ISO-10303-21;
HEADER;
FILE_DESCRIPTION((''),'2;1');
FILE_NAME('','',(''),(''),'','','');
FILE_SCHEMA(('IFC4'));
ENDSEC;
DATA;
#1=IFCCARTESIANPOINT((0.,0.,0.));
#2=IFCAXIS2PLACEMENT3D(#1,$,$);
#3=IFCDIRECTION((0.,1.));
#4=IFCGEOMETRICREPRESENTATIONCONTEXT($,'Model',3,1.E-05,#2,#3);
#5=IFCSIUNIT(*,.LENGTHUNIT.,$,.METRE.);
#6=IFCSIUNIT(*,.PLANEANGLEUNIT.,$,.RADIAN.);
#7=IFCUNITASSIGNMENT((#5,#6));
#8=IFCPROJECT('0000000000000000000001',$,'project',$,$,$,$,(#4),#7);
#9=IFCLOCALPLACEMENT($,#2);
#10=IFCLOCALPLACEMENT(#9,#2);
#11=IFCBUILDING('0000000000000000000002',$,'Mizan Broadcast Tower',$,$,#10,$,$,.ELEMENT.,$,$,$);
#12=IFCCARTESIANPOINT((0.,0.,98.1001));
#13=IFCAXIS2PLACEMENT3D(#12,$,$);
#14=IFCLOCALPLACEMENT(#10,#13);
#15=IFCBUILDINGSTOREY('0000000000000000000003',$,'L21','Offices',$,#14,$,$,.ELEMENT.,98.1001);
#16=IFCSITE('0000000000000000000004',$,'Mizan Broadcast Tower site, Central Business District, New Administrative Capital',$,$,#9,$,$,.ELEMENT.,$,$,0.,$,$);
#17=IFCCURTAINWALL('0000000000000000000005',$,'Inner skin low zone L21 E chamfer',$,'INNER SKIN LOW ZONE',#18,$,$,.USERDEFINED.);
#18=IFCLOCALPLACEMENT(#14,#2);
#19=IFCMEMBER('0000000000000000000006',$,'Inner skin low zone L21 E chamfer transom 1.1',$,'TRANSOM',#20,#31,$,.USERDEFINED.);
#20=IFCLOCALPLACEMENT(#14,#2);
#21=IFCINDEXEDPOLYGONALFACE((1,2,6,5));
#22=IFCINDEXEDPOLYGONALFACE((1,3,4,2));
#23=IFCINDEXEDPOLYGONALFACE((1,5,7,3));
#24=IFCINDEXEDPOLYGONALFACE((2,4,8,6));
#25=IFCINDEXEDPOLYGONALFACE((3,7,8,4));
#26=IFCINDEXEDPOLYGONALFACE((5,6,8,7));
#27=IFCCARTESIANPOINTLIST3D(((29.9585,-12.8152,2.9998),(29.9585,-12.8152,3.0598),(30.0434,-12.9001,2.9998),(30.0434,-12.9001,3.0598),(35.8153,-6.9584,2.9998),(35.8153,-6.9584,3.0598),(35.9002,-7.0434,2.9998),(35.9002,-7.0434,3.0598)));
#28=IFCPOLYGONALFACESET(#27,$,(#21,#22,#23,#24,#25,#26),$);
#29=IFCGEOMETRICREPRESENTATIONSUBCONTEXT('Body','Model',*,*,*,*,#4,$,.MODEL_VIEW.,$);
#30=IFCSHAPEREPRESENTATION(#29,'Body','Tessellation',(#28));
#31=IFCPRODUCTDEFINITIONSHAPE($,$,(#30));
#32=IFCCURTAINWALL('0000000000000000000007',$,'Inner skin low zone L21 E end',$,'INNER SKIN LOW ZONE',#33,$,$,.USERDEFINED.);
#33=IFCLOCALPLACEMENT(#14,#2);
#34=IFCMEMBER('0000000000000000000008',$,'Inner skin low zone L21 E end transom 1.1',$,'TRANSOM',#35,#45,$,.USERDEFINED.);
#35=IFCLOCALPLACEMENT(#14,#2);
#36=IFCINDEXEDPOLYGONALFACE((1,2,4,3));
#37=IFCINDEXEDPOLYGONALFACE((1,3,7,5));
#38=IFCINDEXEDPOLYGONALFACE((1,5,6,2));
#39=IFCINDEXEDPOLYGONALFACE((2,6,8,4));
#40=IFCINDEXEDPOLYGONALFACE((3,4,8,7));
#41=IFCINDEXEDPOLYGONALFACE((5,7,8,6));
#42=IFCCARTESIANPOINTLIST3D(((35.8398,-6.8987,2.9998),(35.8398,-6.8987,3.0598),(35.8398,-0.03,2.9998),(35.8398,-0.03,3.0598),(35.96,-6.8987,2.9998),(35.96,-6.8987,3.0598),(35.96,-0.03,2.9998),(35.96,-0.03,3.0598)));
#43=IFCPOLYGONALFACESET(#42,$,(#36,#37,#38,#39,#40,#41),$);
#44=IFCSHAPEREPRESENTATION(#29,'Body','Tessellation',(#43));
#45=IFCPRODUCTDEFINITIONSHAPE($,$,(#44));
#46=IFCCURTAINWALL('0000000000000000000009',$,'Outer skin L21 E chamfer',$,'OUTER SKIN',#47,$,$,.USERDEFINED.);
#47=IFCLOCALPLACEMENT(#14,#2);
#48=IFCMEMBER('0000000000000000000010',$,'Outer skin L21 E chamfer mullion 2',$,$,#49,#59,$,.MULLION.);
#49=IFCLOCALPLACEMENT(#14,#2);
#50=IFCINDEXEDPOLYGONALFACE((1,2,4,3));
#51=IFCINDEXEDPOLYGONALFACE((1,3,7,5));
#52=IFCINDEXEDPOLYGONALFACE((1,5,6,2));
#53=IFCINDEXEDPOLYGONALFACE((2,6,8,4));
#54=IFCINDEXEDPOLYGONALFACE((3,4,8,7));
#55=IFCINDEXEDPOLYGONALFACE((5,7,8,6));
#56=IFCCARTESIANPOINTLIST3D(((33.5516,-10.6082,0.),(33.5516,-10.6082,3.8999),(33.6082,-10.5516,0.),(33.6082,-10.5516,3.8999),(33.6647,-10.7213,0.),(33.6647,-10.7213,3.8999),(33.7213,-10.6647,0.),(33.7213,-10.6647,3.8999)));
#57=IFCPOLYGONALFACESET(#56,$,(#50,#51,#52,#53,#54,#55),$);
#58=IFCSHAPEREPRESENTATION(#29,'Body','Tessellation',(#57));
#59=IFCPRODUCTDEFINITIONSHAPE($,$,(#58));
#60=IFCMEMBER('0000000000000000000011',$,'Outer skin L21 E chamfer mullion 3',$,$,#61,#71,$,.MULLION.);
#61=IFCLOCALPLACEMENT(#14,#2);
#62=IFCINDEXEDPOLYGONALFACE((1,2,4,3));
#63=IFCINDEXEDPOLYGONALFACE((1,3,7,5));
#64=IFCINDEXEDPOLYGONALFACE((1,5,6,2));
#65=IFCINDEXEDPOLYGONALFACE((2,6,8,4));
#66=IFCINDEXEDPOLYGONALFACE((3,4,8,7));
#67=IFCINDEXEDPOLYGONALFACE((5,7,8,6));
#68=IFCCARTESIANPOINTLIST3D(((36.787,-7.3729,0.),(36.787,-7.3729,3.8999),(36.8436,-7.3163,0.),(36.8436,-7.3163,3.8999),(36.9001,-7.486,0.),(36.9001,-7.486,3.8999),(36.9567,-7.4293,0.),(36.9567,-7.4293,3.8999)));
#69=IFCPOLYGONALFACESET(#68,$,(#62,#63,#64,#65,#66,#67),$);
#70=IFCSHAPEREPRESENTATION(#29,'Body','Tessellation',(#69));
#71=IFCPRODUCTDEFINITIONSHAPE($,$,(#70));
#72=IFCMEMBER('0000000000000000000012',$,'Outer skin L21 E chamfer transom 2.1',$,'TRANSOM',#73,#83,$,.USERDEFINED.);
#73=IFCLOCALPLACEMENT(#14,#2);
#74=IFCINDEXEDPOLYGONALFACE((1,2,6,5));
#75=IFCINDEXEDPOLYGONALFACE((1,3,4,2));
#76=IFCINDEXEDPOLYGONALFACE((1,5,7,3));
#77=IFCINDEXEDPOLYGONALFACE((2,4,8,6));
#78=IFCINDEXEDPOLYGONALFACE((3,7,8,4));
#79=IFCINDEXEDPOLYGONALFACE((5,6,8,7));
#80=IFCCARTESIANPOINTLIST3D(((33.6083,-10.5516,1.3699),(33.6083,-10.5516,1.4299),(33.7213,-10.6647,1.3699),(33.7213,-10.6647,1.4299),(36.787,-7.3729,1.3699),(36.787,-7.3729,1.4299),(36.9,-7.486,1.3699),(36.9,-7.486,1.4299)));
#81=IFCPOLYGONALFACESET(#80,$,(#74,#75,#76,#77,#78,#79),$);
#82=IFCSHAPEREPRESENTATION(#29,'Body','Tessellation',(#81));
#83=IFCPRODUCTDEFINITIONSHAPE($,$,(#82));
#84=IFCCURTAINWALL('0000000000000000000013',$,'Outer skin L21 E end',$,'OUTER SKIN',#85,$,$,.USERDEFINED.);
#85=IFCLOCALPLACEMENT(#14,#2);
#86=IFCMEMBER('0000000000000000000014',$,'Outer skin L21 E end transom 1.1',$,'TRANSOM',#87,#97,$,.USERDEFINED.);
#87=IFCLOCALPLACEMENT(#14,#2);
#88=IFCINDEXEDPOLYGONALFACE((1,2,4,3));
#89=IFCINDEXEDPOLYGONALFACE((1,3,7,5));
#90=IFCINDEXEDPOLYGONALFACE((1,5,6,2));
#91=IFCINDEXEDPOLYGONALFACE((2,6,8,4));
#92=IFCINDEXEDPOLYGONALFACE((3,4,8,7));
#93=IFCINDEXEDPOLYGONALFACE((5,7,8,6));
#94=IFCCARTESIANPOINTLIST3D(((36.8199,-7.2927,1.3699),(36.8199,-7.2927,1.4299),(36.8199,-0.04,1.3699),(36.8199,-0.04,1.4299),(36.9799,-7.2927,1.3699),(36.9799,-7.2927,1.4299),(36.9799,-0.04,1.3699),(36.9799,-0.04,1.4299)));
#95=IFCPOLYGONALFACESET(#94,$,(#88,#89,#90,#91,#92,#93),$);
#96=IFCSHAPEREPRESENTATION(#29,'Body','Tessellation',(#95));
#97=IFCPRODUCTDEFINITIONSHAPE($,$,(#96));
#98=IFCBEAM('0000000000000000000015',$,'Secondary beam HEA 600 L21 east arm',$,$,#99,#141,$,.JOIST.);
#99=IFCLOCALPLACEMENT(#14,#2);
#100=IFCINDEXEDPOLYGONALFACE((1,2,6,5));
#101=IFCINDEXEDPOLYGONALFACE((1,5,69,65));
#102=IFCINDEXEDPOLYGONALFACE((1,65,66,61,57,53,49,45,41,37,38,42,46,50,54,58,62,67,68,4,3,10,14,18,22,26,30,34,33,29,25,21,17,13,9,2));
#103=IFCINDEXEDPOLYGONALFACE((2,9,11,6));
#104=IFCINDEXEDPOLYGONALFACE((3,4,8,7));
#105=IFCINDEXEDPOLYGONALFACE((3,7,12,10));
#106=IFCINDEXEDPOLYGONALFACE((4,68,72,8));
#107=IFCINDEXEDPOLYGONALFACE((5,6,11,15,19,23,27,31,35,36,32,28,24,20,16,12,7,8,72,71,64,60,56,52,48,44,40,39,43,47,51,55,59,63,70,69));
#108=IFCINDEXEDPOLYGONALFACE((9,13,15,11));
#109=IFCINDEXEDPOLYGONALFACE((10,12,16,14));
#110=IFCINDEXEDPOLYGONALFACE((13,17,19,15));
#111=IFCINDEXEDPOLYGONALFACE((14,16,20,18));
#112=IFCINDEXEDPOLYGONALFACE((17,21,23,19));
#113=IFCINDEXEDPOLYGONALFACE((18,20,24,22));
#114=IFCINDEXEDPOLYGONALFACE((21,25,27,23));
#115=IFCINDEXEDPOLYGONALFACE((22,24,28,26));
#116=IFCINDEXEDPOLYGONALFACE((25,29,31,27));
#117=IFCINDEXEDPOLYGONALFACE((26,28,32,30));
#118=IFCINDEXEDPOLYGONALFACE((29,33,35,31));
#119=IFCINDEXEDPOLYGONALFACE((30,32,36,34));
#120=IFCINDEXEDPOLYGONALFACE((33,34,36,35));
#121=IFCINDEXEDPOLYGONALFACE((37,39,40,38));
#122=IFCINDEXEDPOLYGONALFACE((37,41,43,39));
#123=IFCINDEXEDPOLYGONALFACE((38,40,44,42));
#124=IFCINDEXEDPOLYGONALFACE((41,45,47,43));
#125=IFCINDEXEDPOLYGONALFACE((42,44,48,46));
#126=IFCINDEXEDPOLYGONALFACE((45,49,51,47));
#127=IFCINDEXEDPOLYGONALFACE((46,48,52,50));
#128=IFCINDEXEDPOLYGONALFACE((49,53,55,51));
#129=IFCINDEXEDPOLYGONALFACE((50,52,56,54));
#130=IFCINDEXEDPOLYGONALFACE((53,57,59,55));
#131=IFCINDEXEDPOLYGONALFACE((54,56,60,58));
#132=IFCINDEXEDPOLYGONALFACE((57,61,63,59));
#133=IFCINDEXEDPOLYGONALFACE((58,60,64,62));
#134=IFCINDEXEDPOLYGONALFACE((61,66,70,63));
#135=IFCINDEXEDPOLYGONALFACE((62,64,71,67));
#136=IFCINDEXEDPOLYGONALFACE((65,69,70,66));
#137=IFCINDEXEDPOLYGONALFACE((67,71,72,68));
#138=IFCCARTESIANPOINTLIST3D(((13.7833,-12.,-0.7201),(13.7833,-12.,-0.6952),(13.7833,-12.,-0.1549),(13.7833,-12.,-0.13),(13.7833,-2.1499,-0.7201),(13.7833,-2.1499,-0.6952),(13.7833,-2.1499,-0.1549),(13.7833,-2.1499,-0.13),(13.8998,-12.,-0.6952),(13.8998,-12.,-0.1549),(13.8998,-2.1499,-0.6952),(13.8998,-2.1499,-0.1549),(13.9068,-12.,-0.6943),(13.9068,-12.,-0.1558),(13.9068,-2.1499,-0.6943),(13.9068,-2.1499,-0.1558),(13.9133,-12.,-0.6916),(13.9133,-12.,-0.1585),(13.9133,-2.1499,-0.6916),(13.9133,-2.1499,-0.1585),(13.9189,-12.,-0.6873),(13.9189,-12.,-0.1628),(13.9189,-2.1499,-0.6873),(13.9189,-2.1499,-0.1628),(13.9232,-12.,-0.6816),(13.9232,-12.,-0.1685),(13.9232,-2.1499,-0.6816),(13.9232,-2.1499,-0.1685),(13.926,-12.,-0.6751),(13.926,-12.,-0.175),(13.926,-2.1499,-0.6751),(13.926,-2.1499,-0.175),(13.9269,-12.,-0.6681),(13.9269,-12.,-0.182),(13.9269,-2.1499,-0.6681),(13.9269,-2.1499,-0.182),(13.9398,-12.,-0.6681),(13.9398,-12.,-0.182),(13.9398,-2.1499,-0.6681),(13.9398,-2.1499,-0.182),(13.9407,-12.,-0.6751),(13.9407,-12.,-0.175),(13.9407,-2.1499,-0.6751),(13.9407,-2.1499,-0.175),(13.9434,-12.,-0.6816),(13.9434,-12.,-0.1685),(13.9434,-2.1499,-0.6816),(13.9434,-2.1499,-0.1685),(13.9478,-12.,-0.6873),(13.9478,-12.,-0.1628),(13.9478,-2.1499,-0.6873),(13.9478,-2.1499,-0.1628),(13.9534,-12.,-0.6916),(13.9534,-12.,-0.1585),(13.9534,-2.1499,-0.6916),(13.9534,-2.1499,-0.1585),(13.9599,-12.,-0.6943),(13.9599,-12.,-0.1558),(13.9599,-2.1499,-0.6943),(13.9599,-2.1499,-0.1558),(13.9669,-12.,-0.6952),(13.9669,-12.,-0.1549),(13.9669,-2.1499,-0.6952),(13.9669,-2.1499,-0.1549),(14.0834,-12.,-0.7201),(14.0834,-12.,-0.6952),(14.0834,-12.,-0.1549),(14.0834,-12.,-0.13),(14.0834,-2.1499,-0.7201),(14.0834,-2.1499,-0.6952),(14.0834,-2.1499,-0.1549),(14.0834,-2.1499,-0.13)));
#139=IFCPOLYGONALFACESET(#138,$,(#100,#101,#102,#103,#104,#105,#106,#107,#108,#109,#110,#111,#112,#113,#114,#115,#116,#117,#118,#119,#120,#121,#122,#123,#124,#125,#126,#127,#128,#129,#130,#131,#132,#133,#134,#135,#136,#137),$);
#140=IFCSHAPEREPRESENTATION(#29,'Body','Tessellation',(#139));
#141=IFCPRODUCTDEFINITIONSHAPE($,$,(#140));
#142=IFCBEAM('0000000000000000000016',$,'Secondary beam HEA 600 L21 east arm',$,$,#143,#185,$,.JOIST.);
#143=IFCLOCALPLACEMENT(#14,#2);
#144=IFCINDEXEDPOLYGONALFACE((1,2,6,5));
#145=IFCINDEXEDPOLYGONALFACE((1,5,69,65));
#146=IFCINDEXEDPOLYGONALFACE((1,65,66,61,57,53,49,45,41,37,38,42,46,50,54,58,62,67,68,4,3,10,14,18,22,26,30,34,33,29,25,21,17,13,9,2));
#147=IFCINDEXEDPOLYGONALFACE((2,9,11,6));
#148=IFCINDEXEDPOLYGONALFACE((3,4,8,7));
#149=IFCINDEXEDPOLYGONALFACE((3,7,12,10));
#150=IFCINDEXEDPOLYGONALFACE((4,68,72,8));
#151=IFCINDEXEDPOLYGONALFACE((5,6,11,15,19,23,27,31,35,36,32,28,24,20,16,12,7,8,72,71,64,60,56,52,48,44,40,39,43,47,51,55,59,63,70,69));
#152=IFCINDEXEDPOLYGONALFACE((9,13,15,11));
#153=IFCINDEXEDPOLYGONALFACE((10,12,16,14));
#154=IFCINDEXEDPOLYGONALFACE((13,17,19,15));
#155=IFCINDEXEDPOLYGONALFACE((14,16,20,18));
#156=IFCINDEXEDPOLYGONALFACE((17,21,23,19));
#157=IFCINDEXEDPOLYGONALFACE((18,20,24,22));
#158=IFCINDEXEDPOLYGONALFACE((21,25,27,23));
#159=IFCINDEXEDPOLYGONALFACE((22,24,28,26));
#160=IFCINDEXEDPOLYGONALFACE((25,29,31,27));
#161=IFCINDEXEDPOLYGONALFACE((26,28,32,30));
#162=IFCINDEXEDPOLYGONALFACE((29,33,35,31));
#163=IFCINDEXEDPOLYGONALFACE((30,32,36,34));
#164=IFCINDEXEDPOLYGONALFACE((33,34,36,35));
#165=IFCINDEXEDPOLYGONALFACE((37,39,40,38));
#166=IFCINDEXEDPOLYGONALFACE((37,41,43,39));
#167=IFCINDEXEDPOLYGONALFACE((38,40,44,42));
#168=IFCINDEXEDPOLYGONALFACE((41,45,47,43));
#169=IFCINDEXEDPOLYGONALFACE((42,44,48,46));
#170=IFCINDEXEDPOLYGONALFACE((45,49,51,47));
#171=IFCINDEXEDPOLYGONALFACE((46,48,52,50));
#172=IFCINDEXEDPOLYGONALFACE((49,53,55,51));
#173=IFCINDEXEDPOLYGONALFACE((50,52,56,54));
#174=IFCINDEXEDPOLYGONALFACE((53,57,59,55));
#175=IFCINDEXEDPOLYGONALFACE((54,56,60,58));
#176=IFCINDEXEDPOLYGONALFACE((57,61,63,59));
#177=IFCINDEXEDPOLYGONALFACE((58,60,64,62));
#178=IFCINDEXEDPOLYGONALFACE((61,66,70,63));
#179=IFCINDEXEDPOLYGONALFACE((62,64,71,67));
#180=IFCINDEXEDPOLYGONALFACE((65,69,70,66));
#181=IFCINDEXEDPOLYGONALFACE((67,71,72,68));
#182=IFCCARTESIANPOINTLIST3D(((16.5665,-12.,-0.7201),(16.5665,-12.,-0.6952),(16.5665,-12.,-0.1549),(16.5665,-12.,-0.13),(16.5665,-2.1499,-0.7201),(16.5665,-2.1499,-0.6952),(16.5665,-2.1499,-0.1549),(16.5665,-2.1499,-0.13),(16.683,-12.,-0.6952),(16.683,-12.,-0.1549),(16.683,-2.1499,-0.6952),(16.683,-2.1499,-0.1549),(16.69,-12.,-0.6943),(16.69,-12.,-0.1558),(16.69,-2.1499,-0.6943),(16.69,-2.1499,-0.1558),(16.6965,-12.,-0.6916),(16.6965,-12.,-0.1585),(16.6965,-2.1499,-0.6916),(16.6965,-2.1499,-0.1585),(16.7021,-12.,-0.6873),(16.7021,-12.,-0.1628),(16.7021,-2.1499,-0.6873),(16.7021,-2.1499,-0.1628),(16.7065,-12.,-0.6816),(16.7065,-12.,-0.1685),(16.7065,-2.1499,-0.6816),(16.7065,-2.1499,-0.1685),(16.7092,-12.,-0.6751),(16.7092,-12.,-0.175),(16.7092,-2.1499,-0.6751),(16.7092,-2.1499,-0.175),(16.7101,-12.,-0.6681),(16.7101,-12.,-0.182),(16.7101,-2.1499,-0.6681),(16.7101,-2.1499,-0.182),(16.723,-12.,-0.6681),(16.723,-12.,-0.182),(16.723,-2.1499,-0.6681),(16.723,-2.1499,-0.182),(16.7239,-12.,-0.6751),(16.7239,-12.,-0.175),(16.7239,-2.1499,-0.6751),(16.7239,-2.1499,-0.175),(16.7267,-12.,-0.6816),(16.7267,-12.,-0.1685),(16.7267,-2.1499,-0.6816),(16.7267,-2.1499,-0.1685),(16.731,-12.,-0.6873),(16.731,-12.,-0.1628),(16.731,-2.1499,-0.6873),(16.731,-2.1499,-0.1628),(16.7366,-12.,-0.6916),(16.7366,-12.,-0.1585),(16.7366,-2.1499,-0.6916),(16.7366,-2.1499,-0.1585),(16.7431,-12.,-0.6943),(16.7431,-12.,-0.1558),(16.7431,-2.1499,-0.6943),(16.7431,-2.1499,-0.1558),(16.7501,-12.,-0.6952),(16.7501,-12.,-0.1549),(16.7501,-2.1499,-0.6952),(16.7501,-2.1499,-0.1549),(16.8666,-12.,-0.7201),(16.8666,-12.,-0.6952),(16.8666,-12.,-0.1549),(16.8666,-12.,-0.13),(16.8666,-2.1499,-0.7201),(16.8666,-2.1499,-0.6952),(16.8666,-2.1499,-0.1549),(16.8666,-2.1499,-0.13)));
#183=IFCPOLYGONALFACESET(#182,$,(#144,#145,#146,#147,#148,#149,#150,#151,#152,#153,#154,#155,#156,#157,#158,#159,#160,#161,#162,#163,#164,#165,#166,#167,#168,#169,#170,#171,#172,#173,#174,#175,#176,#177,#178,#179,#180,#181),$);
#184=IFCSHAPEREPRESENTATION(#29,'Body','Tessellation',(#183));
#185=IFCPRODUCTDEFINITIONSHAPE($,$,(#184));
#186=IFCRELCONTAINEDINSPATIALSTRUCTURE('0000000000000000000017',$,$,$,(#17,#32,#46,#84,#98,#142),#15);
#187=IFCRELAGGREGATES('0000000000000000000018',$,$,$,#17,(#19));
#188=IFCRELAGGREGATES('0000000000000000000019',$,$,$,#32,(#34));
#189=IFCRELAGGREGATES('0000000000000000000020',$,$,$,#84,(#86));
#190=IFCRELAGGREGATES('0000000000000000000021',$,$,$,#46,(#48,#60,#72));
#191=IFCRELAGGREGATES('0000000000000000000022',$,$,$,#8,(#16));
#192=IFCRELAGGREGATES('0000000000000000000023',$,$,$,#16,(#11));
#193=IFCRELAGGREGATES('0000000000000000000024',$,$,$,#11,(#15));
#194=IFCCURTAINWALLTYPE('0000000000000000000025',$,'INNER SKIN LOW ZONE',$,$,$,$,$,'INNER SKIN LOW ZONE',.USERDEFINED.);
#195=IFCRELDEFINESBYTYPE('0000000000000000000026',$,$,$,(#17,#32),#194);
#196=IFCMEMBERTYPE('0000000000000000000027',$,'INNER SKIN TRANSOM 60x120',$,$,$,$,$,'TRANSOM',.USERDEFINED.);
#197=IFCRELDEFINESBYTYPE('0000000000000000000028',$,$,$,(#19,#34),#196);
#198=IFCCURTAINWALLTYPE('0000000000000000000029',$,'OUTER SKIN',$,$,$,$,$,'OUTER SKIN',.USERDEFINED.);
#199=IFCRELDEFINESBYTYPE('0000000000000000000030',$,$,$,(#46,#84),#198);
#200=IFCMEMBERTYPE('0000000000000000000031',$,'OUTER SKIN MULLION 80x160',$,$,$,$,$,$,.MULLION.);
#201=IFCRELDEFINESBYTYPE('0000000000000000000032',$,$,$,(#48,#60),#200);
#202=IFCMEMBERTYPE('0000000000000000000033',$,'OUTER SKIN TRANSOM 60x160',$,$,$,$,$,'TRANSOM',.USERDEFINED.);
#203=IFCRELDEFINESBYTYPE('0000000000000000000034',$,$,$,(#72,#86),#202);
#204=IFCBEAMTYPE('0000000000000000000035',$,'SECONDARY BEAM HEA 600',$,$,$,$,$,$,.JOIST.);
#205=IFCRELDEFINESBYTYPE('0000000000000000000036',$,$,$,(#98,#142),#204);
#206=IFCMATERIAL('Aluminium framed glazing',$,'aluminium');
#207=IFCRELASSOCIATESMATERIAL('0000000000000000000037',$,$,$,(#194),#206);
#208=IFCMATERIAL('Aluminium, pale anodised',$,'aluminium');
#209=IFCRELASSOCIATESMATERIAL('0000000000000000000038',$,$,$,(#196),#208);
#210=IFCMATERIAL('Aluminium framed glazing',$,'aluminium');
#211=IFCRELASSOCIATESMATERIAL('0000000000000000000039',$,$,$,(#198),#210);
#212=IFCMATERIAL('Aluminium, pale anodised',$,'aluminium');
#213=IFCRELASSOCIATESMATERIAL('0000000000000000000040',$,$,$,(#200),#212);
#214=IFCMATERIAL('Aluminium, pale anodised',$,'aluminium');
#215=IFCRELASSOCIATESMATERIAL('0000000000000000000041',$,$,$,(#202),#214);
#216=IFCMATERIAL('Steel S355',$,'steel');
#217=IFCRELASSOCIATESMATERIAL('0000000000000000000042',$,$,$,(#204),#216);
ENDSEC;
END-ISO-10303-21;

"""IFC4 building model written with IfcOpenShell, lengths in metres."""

from ifc_helpers import new_model, si_unit, direction, frame, origin, origin_2d, place, context, subcontext, project, spatial, rectangle, i_section, extrude, material, material_profile, profile_set, type_object, element, aggregate, save


model = new_model("IFC4")

# Units and contexts
model_context = context("Model", 3, precision=1e-05, world=origin(), true_north=direction((0.0, 1.0)))
body_context = subcontext(model_context, "Body", "Model", "MODEL_VIEW")
ifc_project = project(units=[si_unit("LENGTHUNIT", "METRE"), si_unit("PLANEANGLEUNIT", "RADIAN")], contexts=[model_context])

# Site, building, storey
site_placement = place(None, origin())
site = spatial("IfcSite", under=ifc_project, at=site_placement, Name="Mizan Broadcast Tower site, Central Business District, New Administrative Capital", CompositionType="ELEMENT", RefElevation=0.0)
building_placement = place(site_placement, origin())
building = spatial("IfcBuilding", under=site, at=building_placement, Name="Mizan Broadcast Tower", CompositionType="ELEMENT")
storey_placement = place(building_placement, frame((0.0, 0.0, 98.1001)))
storey = spatial("IfcBuildingStorey", under=building, at=storey_placement, Name="L21", Description="Offices", CompositionType="ELEMENT", Elevation=98.1001)

# Shared definitions
ifc_material_1 = material(Name="Aluminium framed glazing", Category="aluminium")
curtain_wall_type_1 = type_object("IfcCurtainWallType", Name="INNER SKIN LOW ZONE", ElementType="INNER SKIN LOW ZONE", PredefinedType="USERDEFINED", material=ifc_material_1)

# Curtain wall
curtain_wall_1_placement = place(storey_placement, origin())
curtain_wall_1 = element("IfcCurtainWall", 1, at=curtain_wall_1_placement, inside=storey, type_object=curtain_wall_type_1, Name="Inner skin low zone L21 E chamfer", ObjectType="INNER SKIN LOW ZONE", PredefinedType="USERDEFINED")

# Member
ifc_material_2 = material(Name="Aluminium, pale anodised", Category="aluminium")
ifc_material_profile_1 = material_profile(ifc_material_2, rectangle(XDim=0.1201, YDim=0.0601, at=origin_2d()), Name="TRANSOM 120x60")
ifc_profile_set_1 = profile_set([ifc_material_profile_1], Name="Aluminium, pale anodised")
member_type_1 = type_object("IfcMemberType", Name="INNER SKIN TRANSOM 60x120", ElementType="TRANSOM", PredefinedType="USERDEFINED", material=ifc_profile_set_1)
member_1_placement = place(storey_placement, frame((30.001, -12.8577, 3.0298), z_axis=(0.707107, 0.707107, 0.0), x_axis=(-0.707107, 0.707107, 0.0)))
member_1 = element("IfcMember", 2, at=member_1_placement, type_object=member_type_1, Name="Inner skin low zone L21 E chamfer transom 1.1", ObjectType="TRANSOM", PredefinedType="USERDEFINED", context=body_context, shape_type="SweptSolid", body=[
    extrude(rectangle(XDim=0.1201, YDim=0.0601, at=origin_2d()), origin(), (0.0, 0.0, 1.0), 8.2827),
])

# Curtain wall, member
curtain_wall_2_placement = place(storey_placement, origin())
curtain_wall_2 = element("IfcCurtainWall", 3, at=curtain_wall_2_placement, inside=storey, type_object=curtain_wall_type_1, Name="Inner skin low zone L21 E end", ObjectType="INNER SKIN LOW ZONE", PredefinedType="USERDEFINED")
member_2_placement = place(storey_placement, frame((35.8999, -6.8987, 3.0298), z_axis=(0.0, 1.0, 0.0), x_axis=(-1.0, 0.0, 0.0)))
member_2 = element("IfcMember", 4, at=member_2_placement, type_object=member_type_1, Name="Inner skin low zone L21 E end transom 1.1", ObjectType="TRANSOM", PredefinedType="USERDEFINED", context=body_context, shape_type="SweptSolid", body=[
    extrude(rectangle(XDim=0.1201, YDim=0.0601, at=origin_2d()), origin(), (0.0, 0.0, 1.0), 6.8687),
])

# Curtain wall, members
ifc_material_3 = material(Name="Aluminium framed glazing", Category="aluminium")
curtain_wall_type_2 = type_object("IfcCurtainWallType", Name="OUTER SKIN", ElementType="OUTER SKIN", PredefinedType="USERDEFINED", material=ifc_material_3)
curtain_wall_3_placement = place(storey_placement, origin())
curtain_wall_3 = element("IfcCurtainWall", 5, at=curtain_wall_3_placement, inside=storey, type_object=curtain_wall_type_2, Name="Outer skin L21 E chamfer", ObjectType="OUTER SKIN", PredefinedType="USERDEFINED")
ifc_material_4 = material(Name="Aluminium, pale anodised", Category="aluminium")
ifc_material_profile_2 = material_profile(ifc_material_4, rectangle(XDim=0.1599, YDim=0.0801, at=origin_2d()), Name="MULLION 160x80")
ifc_profile_set_2 = profile_set([ifc_material_profile_2], Name="Aluminium, pale anodised")
member_type_2 = type_object("IfcMemberType", Name="OUTER SKIN MULLION 80x160", PredefinedType="MULLION", material=ifc_profile_set_2)
member_3_placement = place(storey_placement, frame((33.6365, -10.6365, 0.0), z_axis=(0.0, 0.0, 1.0), x_axis=(-0.707107, 0.707107, 0.0)))
member_3 = element("IfcMember", 6, at=member_3_placement, type_object=member_type_2, Name="Outer skin L21 E chamfer mullion 2", PredefinedType="MULLION", context=body_context, shape_type="SweptSolid", body=[
    extrude(rectangle(XDim=0.1599, YDim=0.0801, at=origin_2d()), origin(), (0.0, 0.0, 1.0), 3.8999),
])
member_4_placement = place(storey_placement, frame((36.8718, -7.4011, 0.0), z_axis=(0.0, 0.0, 1.0), x_axis=(-0.707107, 0.707107, 0.0)))
member_4 = element("IfcMember", 7, at=member_4_placement, type_object=member_type_2, Name="Outer skin L21 E chamfer mullion 3", PredefinedType="MULLION", context=body_context, shape_type="SweptSolid", body=[
    extrude(rectangle(XDim=0.1599, YDim=0.0801, at=origin_2d()), origin(), (0.0, 0.0, 1.0), 3.8999),
])
ifc_material_5 = material(Name="Aluminium, pale anodised", Category="aluminium")
ifc_material_profile_3 = material_profile(ifc_material_5, rectangle(XDim=0.1599, YDim=0.0601, at=origin_2d()), Name="TRANSOM 160x60")
ifc_profile_set_3 = profile_set([ifc_material_profile_3], Name="Aluminium, pale anodised")
member_type_3 = type_object("IfcMemberType", Name="OUTER SKIN TRANSOM 60x160", ElementType="TRANSOM", PredefinedType="USERDEFINED", material=ifc_profile_set_3)
member_5_placement = place(storey_placement, frame((33.6648, -10.6082, 1.3999), z_axis=(0.707107, 0.707107, 0.0), x_axis=(-0.707107, 0.707107, 0.0)))
member_5 = element("IfcMember", 8, at=member_5_placement, type_object=member_type_3, Name="Outer skin L21 E chamfer transom 2.1", ObjectType="TRANSOM", PredefinedType="USERDEFINED", context=body_context, shape_type="SweptSolid", body=[
    extrude(rectangle(XDim=0.1599, YDim=0.0601, at=origin_2d()), origin(), (0.0, 0.0, 1.0), 4.4954),
])

# Curtain wall, member
curtain_wall_4_placement = place(storey_placement, origin())
curtain_wall_4 = element("IfcCurtainWall", 9, at=curtain_wall_4_placement, inside=storey, type_object=curtain_wall_type_2, Name="Outer skin L21 E end", ObjectType="OUTER SKIN", PredefinedType="USERDEFINED")
member_6_placement = place(storey_placement, frame((36.8999, -7.2927, 1.3999), z_axis=(0.0, 1.0, 0.0), x_axis=(-1.0, 0.0, 0.0)))
member_6 = element("IfcMember", 10, at=member_6_placement, type_object=member_type_3, Name="Outer skin L21 E end transom 1.1", ObjectType="TRANSOM", PredefinedType="USERDEFINED", context=body_context, shape_type="SweptSolid", body=[
    extrude(rectangle(XDim=0.1599, YDim=0.0601, at=origin_2d()), origin(), (0.0, 0.0, 1.0), 7.2527),
])

# Beams
ifc_material_6 = material(Name="Steel S355", Category="steel")
ifc_material_profile_4 = material_profile(ifc_material_6, i_section(OverallWidth=0.3, OverallDepth=0.5901, WebThickness=0.0129, FlangeThickness=0.0249, FilletRadius=0.0271, at=origin_2d()), Name="HEA 600")
ifc_profile_set_4 = profile_set([ifc_material_profile_4], Name="Steel S355")
beam_type_1 = type_object("IfcBeamType", Name="SECONDARY BEAM HEA 600", PredefinedType="JOIST", material=ifc_profile_set_4)
for number, where, z_axis, x_axis, name in (
    (11, (13.9333, -12.0, -0.425), (0.0, 1.0, 0.0), (-1.0, 0.0, 0.0), "Secondary beam HEA 600 L21 east arm"),
    (12, (16.7166, -12.0, -0.425), (0.0, 1.0, 0.0), (-1.0, 0.0, 0.0), "Secondary beam HEA 600 L21 east arm"),
):
    element("IfcBeam", number, at=place(storey_placement, frame(where, z_axis=z_axis, x_axis=x_axis)), inside=storey, type_object=beam_type_1, Name=name, PredefinedType="JOIST", context=body_context, shape_type="SweptSolid", body=[
        extrude(i_section(OverallWidth=0.3, OverallDepth=0.5901, WebThickness=0.0129, FlangeThickness=0.0249, FilletRadius=0.0271, at=origin_2d()), origin(), (0.0, 0.0, 1.0), 9.8501),
    ])

aggregate(curtain_wall_1, [member_1])
aggregate(curtain_wall_2, [member_2])
aggregate(curtain_wall_4, [member_6])
aggregate(curtain_wall_3, [member_3, member_4, member_5])

save(model, "model.ifc")
